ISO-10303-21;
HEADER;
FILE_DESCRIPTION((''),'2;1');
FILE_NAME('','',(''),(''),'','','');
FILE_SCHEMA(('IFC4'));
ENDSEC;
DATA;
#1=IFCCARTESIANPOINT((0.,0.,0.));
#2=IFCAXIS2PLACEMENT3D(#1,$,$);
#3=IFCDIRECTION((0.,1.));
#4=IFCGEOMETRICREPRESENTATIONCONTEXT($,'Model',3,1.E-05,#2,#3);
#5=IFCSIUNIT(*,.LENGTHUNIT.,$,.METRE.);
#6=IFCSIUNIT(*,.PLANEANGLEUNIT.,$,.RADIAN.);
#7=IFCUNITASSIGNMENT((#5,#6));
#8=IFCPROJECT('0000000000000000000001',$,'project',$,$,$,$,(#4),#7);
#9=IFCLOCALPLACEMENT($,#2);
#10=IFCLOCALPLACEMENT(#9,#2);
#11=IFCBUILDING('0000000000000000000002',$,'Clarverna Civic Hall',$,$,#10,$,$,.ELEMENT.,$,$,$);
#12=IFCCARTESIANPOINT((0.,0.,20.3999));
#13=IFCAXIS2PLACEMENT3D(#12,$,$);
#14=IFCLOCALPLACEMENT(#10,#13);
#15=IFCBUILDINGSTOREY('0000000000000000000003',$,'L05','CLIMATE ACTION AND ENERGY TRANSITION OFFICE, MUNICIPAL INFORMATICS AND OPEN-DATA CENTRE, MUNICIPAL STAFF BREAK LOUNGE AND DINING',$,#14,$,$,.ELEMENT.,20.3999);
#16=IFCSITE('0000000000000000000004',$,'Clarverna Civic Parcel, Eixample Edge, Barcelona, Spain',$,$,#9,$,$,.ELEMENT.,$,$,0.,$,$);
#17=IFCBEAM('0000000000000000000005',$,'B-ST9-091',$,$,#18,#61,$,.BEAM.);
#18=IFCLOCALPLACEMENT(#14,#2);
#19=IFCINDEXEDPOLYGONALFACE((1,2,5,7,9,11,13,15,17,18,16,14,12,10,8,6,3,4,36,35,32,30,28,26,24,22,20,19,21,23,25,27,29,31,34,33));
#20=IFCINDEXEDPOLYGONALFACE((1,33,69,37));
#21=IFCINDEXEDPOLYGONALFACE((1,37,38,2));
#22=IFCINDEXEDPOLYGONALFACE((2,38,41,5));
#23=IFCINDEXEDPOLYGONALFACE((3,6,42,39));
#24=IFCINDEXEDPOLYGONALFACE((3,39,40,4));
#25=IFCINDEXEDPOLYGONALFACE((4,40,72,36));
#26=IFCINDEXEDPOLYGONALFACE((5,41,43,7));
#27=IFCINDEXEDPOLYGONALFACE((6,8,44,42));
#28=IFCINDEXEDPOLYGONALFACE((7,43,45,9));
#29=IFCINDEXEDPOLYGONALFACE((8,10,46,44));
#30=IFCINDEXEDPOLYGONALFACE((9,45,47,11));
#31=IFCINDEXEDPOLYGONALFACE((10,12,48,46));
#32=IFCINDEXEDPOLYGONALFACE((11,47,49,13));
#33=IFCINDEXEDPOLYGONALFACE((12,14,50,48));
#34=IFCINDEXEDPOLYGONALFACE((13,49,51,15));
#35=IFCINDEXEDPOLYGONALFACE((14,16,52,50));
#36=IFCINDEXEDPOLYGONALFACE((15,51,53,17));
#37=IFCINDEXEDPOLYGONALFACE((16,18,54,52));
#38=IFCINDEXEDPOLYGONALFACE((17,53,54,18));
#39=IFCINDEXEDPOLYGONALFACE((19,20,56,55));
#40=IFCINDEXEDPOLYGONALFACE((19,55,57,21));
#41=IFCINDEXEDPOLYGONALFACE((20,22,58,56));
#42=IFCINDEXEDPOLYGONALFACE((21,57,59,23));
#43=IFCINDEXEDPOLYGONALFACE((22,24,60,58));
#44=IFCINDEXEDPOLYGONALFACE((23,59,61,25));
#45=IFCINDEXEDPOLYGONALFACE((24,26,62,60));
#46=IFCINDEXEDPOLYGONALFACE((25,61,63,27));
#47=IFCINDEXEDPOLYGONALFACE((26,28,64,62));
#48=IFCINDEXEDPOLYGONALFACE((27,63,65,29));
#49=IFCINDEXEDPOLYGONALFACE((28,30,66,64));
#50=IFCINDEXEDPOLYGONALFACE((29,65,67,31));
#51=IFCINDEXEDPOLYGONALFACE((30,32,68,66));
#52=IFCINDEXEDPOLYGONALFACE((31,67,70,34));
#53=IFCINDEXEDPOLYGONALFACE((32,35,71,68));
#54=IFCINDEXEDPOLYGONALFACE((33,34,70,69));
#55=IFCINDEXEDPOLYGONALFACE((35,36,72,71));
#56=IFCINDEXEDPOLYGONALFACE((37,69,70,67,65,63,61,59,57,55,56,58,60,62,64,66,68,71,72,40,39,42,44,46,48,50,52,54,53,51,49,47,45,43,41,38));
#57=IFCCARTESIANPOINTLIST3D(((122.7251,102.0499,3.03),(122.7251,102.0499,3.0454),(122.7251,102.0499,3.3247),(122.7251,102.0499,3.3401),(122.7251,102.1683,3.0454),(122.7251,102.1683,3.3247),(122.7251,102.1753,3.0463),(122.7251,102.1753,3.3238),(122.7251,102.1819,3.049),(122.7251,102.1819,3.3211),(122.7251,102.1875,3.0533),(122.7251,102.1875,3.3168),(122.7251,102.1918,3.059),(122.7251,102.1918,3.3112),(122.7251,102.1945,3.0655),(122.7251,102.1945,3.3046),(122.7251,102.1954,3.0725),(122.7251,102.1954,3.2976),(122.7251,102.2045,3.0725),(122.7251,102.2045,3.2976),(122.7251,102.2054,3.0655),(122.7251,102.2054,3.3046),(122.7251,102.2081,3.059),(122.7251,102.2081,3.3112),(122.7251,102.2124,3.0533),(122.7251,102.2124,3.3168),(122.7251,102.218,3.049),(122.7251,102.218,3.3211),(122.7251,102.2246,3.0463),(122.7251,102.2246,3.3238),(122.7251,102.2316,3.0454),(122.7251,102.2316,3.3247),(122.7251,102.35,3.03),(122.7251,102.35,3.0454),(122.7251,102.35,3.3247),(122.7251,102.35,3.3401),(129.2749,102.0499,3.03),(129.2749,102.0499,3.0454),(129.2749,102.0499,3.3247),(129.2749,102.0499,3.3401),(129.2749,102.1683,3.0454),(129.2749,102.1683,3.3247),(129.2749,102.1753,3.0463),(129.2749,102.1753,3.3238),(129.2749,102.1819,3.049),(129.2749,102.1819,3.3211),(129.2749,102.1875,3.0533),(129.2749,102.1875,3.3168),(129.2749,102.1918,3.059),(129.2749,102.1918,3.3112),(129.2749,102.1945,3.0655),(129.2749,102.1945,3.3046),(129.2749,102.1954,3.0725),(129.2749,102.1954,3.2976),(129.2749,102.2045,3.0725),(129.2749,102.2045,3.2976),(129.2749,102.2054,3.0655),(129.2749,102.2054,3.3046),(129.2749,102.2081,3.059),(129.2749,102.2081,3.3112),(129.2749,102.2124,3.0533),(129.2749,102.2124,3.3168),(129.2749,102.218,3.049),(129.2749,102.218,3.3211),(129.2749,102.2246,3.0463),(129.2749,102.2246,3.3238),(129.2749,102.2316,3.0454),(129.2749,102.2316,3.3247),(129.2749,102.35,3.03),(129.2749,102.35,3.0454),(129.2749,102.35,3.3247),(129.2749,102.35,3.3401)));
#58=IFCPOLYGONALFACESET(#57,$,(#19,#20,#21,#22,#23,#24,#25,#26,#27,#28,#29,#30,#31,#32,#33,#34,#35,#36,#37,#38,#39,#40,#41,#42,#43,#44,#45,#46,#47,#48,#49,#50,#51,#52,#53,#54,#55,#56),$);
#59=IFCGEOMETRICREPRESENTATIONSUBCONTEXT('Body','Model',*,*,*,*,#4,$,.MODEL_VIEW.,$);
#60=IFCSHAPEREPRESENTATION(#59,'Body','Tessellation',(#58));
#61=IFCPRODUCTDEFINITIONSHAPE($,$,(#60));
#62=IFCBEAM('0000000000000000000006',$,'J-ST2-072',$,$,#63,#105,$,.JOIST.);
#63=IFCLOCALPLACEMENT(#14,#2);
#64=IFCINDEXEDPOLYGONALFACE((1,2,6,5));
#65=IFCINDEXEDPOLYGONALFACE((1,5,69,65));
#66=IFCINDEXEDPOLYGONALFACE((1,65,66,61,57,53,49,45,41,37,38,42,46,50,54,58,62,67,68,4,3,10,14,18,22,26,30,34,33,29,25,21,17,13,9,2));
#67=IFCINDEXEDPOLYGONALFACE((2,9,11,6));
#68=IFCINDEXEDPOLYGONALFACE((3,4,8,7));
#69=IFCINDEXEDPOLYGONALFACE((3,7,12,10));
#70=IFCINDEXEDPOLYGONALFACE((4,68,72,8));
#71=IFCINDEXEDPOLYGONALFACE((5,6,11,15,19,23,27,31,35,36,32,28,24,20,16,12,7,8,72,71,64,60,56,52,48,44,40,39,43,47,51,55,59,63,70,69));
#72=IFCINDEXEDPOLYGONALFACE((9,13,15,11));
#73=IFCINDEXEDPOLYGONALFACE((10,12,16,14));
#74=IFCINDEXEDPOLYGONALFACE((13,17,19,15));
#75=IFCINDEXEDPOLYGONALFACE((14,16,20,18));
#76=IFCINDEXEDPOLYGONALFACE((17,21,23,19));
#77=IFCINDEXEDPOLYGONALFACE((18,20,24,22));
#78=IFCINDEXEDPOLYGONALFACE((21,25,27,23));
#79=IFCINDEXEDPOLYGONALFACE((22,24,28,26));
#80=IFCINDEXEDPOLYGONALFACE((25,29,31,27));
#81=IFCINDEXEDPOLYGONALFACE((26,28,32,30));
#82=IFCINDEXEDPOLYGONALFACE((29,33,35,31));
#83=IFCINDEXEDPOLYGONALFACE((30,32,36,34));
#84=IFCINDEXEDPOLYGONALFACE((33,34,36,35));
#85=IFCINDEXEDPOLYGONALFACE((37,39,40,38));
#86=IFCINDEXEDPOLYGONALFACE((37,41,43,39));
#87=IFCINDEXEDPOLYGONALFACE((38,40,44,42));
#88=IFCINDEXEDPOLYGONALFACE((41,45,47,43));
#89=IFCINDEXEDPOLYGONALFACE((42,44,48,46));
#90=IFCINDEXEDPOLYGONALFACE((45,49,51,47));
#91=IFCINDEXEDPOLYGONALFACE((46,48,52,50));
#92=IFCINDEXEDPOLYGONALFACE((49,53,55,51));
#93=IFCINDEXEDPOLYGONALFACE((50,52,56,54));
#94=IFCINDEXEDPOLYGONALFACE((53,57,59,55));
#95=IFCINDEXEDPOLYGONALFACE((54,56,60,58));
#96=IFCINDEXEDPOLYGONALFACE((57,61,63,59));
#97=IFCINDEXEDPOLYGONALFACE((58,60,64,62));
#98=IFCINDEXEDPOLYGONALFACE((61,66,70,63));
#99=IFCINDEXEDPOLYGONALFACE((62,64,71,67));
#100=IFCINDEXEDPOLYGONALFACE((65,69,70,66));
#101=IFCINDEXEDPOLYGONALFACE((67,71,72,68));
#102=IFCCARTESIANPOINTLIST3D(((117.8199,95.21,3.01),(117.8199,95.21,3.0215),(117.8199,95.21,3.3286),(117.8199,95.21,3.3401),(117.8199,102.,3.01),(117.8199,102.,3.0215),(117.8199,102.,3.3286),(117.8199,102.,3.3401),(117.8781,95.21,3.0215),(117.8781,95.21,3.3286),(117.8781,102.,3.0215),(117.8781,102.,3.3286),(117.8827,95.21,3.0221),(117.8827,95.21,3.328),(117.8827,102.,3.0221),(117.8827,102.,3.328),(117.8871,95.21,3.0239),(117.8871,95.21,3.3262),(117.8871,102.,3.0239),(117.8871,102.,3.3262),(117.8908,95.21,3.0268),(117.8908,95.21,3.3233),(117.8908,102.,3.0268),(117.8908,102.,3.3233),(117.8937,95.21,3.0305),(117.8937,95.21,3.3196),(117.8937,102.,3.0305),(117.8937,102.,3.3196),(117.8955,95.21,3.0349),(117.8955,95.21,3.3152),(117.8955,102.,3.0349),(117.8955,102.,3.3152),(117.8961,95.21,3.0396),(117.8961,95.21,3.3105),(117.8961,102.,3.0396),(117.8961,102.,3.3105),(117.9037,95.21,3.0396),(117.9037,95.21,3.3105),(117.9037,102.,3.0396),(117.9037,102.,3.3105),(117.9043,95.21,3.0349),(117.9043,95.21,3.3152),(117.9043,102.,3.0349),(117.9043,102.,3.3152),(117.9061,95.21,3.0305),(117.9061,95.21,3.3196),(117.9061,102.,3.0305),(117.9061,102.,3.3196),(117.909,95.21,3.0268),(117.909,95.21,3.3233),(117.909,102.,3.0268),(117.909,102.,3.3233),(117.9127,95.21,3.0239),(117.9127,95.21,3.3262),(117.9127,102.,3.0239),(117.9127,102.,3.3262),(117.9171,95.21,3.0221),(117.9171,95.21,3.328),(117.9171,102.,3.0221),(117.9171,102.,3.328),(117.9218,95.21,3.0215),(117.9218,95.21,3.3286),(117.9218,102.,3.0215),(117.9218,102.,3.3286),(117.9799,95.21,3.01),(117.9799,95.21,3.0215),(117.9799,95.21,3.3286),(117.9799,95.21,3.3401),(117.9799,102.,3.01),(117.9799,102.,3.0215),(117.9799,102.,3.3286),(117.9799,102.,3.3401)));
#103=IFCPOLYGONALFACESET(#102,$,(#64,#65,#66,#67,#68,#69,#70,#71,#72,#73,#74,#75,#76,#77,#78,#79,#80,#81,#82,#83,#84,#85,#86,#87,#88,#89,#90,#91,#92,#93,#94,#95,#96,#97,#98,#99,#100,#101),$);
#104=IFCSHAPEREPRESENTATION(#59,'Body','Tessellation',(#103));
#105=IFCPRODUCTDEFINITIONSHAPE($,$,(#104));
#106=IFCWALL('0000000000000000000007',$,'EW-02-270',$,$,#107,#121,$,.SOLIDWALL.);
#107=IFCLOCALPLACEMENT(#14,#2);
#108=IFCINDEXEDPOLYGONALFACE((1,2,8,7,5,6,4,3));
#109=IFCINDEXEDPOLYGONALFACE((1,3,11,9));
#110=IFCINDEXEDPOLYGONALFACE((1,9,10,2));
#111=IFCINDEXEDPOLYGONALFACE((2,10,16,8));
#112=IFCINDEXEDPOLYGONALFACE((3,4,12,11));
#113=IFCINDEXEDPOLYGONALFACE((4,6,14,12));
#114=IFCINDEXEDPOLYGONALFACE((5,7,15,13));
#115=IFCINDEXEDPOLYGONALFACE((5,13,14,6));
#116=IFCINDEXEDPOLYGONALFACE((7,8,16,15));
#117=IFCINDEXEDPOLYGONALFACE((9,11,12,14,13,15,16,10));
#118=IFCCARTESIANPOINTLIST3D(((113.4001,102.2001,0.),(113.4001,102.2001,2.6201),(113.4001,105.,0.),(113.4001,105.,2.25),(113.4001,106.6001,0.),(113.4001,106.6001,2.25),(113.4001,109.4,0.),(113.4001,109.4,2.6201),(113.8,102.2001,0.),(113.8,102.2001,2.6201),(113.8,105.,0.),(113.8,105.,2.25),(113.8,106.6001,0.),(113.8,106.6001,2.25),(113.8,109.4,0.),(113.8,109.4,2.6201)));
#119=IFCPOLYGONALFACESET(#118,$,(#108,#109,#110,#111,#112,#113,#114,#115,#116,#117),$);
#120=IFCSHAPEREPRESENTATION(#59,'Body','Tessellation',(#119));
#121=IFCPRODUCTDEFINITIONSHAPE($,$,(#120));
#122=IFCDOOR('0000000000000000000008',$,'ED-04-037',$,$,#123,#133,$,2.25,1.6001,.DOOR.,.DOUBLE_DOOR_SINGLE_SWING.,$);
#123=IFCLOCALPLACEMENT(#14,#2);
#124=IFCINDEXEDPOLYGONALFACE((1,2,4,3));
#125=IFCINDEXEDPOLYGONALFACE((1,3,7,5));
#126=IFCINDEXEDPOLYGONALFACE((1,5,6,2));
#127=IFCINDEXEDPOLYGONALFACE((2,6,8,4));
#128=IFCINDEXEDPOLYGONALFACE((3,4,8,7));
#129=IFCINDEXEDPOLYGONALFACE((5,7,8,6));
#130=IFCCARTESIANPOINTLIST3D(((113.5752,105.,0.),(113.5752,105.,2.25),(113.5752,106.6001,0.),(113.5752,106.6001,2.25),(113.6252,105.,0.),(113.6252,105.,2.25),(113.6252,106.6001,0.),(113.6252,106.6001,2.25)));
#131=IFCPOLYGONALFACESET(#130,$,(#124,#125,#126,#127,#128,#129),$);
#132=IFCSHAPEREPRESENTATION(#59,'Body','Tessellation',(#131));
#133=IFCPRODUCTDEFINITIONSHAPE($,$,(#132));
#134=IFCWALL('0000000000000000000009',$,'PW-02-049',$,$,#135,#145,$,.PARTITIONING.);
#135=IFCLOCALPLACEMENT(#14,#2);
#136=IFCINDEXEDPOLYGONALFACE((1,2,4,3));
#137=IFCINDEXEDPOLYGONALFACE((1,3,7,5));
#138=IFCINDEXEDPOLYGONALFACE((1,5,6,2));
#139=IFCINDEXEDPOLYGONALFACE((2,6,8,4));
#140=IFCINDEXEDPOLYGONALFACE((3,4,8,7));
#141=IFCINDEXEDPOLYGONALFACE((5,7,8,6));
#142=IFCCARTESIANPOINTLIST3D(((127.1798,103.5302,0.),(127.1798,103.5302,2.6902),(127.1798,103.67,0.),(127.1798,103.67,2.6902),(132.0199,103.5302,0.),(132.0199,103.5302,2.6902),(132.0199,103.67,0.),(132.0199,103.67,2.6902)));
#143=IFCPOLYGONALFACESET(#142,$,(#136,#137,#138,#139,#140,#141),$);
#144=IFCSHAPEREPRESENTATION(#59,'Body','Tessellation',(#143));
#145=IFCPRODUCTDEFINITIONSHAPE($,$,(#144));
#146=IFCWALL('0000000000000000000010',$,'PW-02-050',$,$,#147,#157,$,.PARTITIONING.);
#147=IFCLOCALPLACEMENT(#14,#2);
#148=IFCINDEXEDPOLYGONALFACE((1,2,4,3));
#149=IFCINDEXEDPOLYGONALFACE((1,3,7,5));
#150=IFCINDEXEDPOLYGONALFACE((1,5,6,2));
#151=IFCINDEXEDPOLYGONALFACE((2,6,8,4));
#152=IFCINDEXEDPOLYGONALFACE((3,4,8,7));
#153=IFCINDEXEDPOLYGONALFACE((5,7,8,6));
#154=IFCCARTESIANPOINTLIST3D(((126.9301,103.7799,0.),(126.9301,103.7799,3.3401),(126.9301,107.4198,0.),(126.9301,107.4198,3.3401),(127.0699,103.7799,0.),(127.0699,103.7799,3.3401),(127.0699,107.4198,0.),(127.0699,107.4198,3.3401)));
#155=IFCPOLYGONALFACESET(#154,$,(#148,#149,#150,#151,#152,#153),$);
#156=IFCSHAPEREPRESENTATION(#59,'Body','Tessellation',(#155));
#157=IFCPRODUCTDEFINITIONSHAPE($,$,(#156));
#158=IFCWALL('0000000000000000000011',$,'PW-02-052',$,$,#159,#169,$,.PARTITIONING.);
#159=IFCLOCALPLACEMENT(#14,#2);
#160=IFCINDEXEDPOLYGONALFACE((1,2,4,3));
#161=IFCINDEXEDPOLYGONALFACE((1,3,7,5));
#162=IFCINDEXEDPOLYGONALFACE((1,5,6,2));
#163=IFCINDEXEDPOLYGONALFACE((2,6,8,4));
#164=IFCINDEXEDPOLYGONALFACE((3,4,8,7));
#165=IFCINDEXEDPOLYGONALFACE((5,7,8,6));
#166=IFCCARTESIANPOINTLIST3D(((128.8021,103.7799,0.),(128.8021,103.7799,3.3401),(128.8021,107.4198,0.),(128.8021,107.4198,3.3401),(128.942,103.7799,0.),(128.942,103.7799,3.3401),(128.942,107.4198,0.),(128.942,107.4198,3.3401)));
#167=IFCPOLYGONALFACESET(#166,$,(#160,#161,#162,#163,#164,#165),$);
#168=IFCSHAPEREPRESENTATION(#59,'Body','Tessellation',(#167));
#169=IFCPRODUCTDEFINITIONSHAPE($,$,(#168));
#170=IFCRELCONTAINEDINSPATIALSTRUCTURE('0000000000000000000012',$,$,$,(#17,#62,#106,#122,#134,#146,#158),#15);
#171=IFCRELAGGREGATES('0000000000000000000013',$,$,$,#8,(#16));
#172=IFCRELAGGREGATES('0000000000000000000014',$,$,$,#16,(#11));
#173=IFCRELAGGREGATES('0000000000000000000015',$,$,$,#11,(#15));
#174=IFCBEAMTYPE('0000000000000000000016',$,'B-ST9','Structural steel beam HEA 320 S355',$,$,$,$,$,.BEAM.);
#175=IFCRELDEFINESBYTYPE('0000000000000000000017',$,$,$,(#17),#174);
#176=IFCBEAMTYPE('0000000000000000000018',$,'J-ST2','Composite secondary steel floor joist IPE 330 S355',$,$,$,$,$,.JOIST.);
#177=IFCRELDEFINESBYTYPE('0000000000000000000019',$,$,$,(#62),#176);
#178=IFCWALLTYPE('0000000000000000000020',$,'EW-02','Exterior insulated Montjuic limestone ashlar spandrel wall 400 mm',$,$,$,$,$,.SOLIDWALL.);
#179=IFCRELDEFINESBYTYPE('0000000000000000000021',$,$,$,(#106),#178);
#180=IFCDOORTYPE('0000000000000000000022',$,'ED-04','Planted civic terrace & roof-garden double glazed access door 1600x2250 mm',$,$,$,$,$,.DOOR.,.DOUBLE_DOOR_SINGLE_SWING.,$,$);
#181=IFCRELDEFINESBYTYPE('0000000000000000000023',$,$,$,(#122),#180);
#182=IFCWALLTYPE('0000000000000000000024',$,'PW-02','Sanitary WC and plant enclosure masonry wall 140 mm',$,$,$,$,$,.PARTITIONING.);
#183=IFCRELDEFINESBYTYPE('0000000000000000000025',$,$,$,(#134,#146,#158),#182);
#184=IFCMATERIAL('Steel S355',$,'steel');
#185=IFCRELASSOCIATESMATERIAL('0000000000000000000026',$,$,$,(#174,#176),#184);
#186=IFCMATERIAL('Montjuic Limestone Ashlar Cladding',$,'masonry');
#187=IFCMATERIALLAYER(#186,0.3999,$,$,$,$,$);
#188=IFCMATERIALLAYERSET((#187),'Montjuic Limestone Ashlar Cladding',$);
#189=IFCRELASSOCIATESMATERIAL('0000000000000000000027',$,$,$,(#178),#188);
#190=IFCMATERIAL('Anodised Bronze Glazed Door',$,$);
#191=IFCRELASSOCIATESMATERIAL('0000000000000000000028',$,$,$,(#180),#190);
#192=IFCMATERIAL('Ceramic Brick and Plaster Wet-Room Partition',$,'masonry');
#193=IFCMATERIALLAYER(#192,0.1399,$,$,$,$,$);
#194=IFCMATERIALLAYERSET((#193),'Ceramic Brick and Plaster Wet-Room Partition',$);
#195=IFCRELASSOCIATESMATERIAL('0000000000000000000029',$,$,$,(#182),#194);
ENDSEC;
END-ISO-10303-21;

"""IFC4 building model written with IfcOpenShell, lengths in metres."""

from ifc_helpers import new_model, si_unit, direction, frame, frame_2d, origin, origin_2d, place, context, subcontext, project, spatial, rectangle, i_section, extrude, material, layer, layer_set, material_profile, profile_set, type_object, element, fill, save


model = new_model("IFC4")

# Units and contexts
model_context = context("Model", 3, precision=1e-05, world=origin(), true_north=direction((0.0, 1.0)))
body_context = subcontext(model_context, "Body", "Model", "MODEL_VIEW")
ifc_project = project(units=[si_unit("LENGTHUNIT", "METRE"), si_unit("PLANEANGLEUNIT", "RADIAN")], contexts=[model_context])

# Site, building, storey
site_placement = place(None, origin())
site = spatial("IfcSite", under=ifc_project, at=site_placement, Name="Clarverna Civic Parcel, Eixample Edge, Barcelona, Spain", CompositionType="ELEMENT", RefElevation=0.0)
building_placement = place(site_placement, origin())
building = spatial("IfcBuilding", under=site, at=building_placement, Name="Clarverna Civic Hall", CompositionType="ELEMENT")
storey_placement = place(building_placement, frame((0.0, 0.0, 20.3999)))
storey = spatial("IfcBuildingStorey", under=building, at=storey_placement, Name="L05", Description="CLIMATE ACTION AND ENERGY TRANSITION OFFICE, MUNICIPAL INFORMATICS AND OPEN-DATA CENTRE, MUNICIPAL STAFF BREAK LOUNGE AND DINING", CompositionType="ELEMENT", Elevation=20.3999)

# Beams
ifc_material_1 = material(Name="Steel S355", Category="steel")
ifc_material_profile_1 = material_profile(ifc_material_1, i_section(OverallWidth=0.3, OverallDepth=0.3101, WebThickness=0.009, FlangeThickness=0.0154, FilletRadius=0.0271, at=origin_2d()), Name="HEA 320")
ifc_profile_set_1 = profile_set([ifc_material_profile_1], Name="Steel S355")
beam_type_1 = type_object("IfcBeamType", Name="B-ST9", Description="Structural steel beam HEA 320 S355", PredefinedType="BEAM", material=ifc_profile_set_1)
beam_1_placement = place(storey_placement, frame((122.7251, 102.2, 3.1851), z_axis=(1.0, 0.0, 0.0), x_axis=(0.0, 1.0, 0.0)))
element("IfcBeam", 1, at=beam_1_placement, inside=storey, type_object=beam_type_1, Name="B-ST9-091", PredefinedType="BEAM", context=body_context, shape_type="SweptSolid", body=[
    extrude(i_section(OverallWidth=0.3, OverallDepth=0.3101, WebThickness=0.009, FlangeThickness=0.0154, FilletRadius=0.0271, at=origin_2d()), origin(), (0.0, 0.0, 1.0), 6.5498),
])
ifc_material_profile_2 = material_profile(ifc_material_1, i_section(OverallWidth=0.1599, OverallDepth=0.3301, WebThickness=0.0076, FlangeThickness=0.0115, FilletRadius=0.0181, at=origin_2d()), Name="IPE 330")
ifc_profile_set_2 = profile_set([ifc_material_profile_2], Name="Steel S355")
beam_type_2 = type_object("IfcBeamType", Name="J-ST2", Description="Composite secondary steel floor joist IPE 330 S355", PredefinedType="JOIST", material=ifc_profile_set_2)
beam_2_placement = place(storey_placement, frame((117.8999, 95.21, 3.175), z_axis=(0.0, 1.0, 0.0), x_axis=(-1.0, 0.0, 0.0)))
element("IfcBeam", 2, at=beam_2_placement, inside=storey, type_object=beam_type_2, Name="J-ST2-072", PredefinedType="JOIST", context=body_context, shape_type="SweptSolid", body=[
    extrude(i_section(OverallWidth=0.1599, OverallDepth=0.3301, WebThickness=0.0076, FlangeThickness=0.0115, FilletRadius=0.0181, at=origin_2d()), origin(), (0.0, 0.0, 1.0), 6.79),
])

# Wall, opening, door
ifc_material_2 = material(Name="Montjuic Limestone Ashlar Cladding", Category="masonry")
ifc_layer_1 = layer(ifc_material_2, 0.3999)
ifc_layer_set_1 = layer_set([ifc_layer_1], Name="Montjuic Limestone Ashlar Cladding")
wall_type_1 = type_object("IfcWallType", Name="EW-02", Description="Exterior insulated Montjuic limestone ashlar spandrel wall 400 mm", PredefinedType="SOLIDWALL", material=ifc_layer_set_1)
wall_1_placement = place(storey_placement, frame((113.6001, 102.2, 0.0), z_axis=(0.0, 0.0, 1.0), x_axis=(0.0, 1.0, 0.0)))
wall_1 = element("IfcWall", 3, at=wall_1_placement, inside=storey, type_object=wall_type_1, Name="EW-02-270", PredefinedType="SOLIDWALL", context=body_context, shape_type="SweptSolid", body=[
    extrude(rectangle(XDim=7.2, YDim=0.3999, at=frame_2d((3.6001, 0.0))), origin(), (0.0, 0.0, 1.0), 2.6201),
])
opening_1_placement = place(wall_1_placement, frame((2.8, 0.0, 0.0)))
opening_1 = element("IfcOpeningElement", 4, at=opening_1_placement, cuts=wall_1, PredefinedType="OPENING", context=body_context, shape_type="SweptSolid", body=[
    extrude(rectangle(XDim=1.6001, YDim=2.25, at=frame_2d((0.8, 1.125))), frame((0.0, 0.21, 0.0), z_axis=(0.0, -1.0, 0.0), x_axis=(1.0, 0.0, 0.0)), (0.0, 0.0, 1.0), 0.4199),
])
ifc_material_3 = material(Name="Anodised Bronze Glazed Door")
door_type_1 = type_object("IfcDoorType", Name="ED-04", Description="Planted civic terrace & roof-garden double glazed access door 1600x2250 mm", OperationType="DOUBLE_DOOR_SINGLE_SWING", PredefinedType="DOOR", material=ifc_material_3)
door_1_placement = place(opening_1_placement, origin())
door_1 = element("IfcDoor", 5, at=door_1_placement, inside=storey, type_object=door_type_1, Name="ED-04-037", OperationType="DOUBLE_DOOR_SINGLE_SWING", OverallHeight=2.25, OverallWidth=1.6001, PredefinedType="DOOR", context=body_context, shape_type="SweptSolid", body=[
    extrude(rectangle(XDim=1.6001, YDim=2.25, at=frame_2d((0.8, 1.125))), frame((0.0, 0.0249, 0.0), z_axis=(0.0, -1.0, 0.0), x_axis=(1.0, 0.0, 0.0)), (0.0, 0.0, 1.0), 0.05),
])
fill(opening_1, door_1)

# Walls
ifc_material_4 = material(Name="Ceramic Brick and Plaster Wet-Room Partition", Category="masonry")
ifc_layer_2 = layer(ifc_material_4, 0.1399)
ifc_layer_set_2 = layer_set([ifc_layer_2], Name="Ceramic Brick and Plaster Wet-Room Partition")
wall_type_2 = type_object("IfcWallType", Name="PW-02", Description="Sanitary WC and plant enclosure masonry wall 140 mm", PredefinedType="PARTITIONING", material=ifc_layer_set_2)
wall_2_placement = place(storey_placement, frame((127.1799, 103.6001, 0.0), z_axis=(0.0, 0.0, 1.0), x_axis=(1.0, 0.0, 0.0)))
element("IfcWall", 6, at=wall_2_placement, inside=storey, type_object=wall_type_2, Name="PW-02-049", PredefinedType="PARTITIONING", context=body_context, shape_type="SweptSolid", body=[
    extrude(rectangle(XDim=4.8401, YDim=0.1399, at=frame_2d((2.4199, 0.0))), origin(), (0.0, 0.0, 1.0), 2.6902),
])
for number, where, z_axis, x_axis, name in (
    (7, (127.0, 103.78, 0.0), (0.0, 0.0, 1.0), (0.0, 1.0, 0.0), "PW-02-050"),
    (8, (128.8721, 103.78, 0.0), (0.0, 0.0, 1.0), (0.0, 1.0, 0.0), "PW-02-052"),
):
    element("IfcWall", number, at=place(storey_placement, frame(where, z_axis=z_axis, x_axis=x_axis)), inside=storey, type_object=wall_type_2, Name=name, PredefinedType="PARTITIONING", context=body_context, shape_type="SweptSolid", body=[
        extrude(rectangle(XDim=3.6399, YDim=0.1399, at=frame_2d((1.8198, 0.0))), origin(), (0.0, 0.0, 1.0), 3.3401),
    ])

save(model, "model.ifc")
